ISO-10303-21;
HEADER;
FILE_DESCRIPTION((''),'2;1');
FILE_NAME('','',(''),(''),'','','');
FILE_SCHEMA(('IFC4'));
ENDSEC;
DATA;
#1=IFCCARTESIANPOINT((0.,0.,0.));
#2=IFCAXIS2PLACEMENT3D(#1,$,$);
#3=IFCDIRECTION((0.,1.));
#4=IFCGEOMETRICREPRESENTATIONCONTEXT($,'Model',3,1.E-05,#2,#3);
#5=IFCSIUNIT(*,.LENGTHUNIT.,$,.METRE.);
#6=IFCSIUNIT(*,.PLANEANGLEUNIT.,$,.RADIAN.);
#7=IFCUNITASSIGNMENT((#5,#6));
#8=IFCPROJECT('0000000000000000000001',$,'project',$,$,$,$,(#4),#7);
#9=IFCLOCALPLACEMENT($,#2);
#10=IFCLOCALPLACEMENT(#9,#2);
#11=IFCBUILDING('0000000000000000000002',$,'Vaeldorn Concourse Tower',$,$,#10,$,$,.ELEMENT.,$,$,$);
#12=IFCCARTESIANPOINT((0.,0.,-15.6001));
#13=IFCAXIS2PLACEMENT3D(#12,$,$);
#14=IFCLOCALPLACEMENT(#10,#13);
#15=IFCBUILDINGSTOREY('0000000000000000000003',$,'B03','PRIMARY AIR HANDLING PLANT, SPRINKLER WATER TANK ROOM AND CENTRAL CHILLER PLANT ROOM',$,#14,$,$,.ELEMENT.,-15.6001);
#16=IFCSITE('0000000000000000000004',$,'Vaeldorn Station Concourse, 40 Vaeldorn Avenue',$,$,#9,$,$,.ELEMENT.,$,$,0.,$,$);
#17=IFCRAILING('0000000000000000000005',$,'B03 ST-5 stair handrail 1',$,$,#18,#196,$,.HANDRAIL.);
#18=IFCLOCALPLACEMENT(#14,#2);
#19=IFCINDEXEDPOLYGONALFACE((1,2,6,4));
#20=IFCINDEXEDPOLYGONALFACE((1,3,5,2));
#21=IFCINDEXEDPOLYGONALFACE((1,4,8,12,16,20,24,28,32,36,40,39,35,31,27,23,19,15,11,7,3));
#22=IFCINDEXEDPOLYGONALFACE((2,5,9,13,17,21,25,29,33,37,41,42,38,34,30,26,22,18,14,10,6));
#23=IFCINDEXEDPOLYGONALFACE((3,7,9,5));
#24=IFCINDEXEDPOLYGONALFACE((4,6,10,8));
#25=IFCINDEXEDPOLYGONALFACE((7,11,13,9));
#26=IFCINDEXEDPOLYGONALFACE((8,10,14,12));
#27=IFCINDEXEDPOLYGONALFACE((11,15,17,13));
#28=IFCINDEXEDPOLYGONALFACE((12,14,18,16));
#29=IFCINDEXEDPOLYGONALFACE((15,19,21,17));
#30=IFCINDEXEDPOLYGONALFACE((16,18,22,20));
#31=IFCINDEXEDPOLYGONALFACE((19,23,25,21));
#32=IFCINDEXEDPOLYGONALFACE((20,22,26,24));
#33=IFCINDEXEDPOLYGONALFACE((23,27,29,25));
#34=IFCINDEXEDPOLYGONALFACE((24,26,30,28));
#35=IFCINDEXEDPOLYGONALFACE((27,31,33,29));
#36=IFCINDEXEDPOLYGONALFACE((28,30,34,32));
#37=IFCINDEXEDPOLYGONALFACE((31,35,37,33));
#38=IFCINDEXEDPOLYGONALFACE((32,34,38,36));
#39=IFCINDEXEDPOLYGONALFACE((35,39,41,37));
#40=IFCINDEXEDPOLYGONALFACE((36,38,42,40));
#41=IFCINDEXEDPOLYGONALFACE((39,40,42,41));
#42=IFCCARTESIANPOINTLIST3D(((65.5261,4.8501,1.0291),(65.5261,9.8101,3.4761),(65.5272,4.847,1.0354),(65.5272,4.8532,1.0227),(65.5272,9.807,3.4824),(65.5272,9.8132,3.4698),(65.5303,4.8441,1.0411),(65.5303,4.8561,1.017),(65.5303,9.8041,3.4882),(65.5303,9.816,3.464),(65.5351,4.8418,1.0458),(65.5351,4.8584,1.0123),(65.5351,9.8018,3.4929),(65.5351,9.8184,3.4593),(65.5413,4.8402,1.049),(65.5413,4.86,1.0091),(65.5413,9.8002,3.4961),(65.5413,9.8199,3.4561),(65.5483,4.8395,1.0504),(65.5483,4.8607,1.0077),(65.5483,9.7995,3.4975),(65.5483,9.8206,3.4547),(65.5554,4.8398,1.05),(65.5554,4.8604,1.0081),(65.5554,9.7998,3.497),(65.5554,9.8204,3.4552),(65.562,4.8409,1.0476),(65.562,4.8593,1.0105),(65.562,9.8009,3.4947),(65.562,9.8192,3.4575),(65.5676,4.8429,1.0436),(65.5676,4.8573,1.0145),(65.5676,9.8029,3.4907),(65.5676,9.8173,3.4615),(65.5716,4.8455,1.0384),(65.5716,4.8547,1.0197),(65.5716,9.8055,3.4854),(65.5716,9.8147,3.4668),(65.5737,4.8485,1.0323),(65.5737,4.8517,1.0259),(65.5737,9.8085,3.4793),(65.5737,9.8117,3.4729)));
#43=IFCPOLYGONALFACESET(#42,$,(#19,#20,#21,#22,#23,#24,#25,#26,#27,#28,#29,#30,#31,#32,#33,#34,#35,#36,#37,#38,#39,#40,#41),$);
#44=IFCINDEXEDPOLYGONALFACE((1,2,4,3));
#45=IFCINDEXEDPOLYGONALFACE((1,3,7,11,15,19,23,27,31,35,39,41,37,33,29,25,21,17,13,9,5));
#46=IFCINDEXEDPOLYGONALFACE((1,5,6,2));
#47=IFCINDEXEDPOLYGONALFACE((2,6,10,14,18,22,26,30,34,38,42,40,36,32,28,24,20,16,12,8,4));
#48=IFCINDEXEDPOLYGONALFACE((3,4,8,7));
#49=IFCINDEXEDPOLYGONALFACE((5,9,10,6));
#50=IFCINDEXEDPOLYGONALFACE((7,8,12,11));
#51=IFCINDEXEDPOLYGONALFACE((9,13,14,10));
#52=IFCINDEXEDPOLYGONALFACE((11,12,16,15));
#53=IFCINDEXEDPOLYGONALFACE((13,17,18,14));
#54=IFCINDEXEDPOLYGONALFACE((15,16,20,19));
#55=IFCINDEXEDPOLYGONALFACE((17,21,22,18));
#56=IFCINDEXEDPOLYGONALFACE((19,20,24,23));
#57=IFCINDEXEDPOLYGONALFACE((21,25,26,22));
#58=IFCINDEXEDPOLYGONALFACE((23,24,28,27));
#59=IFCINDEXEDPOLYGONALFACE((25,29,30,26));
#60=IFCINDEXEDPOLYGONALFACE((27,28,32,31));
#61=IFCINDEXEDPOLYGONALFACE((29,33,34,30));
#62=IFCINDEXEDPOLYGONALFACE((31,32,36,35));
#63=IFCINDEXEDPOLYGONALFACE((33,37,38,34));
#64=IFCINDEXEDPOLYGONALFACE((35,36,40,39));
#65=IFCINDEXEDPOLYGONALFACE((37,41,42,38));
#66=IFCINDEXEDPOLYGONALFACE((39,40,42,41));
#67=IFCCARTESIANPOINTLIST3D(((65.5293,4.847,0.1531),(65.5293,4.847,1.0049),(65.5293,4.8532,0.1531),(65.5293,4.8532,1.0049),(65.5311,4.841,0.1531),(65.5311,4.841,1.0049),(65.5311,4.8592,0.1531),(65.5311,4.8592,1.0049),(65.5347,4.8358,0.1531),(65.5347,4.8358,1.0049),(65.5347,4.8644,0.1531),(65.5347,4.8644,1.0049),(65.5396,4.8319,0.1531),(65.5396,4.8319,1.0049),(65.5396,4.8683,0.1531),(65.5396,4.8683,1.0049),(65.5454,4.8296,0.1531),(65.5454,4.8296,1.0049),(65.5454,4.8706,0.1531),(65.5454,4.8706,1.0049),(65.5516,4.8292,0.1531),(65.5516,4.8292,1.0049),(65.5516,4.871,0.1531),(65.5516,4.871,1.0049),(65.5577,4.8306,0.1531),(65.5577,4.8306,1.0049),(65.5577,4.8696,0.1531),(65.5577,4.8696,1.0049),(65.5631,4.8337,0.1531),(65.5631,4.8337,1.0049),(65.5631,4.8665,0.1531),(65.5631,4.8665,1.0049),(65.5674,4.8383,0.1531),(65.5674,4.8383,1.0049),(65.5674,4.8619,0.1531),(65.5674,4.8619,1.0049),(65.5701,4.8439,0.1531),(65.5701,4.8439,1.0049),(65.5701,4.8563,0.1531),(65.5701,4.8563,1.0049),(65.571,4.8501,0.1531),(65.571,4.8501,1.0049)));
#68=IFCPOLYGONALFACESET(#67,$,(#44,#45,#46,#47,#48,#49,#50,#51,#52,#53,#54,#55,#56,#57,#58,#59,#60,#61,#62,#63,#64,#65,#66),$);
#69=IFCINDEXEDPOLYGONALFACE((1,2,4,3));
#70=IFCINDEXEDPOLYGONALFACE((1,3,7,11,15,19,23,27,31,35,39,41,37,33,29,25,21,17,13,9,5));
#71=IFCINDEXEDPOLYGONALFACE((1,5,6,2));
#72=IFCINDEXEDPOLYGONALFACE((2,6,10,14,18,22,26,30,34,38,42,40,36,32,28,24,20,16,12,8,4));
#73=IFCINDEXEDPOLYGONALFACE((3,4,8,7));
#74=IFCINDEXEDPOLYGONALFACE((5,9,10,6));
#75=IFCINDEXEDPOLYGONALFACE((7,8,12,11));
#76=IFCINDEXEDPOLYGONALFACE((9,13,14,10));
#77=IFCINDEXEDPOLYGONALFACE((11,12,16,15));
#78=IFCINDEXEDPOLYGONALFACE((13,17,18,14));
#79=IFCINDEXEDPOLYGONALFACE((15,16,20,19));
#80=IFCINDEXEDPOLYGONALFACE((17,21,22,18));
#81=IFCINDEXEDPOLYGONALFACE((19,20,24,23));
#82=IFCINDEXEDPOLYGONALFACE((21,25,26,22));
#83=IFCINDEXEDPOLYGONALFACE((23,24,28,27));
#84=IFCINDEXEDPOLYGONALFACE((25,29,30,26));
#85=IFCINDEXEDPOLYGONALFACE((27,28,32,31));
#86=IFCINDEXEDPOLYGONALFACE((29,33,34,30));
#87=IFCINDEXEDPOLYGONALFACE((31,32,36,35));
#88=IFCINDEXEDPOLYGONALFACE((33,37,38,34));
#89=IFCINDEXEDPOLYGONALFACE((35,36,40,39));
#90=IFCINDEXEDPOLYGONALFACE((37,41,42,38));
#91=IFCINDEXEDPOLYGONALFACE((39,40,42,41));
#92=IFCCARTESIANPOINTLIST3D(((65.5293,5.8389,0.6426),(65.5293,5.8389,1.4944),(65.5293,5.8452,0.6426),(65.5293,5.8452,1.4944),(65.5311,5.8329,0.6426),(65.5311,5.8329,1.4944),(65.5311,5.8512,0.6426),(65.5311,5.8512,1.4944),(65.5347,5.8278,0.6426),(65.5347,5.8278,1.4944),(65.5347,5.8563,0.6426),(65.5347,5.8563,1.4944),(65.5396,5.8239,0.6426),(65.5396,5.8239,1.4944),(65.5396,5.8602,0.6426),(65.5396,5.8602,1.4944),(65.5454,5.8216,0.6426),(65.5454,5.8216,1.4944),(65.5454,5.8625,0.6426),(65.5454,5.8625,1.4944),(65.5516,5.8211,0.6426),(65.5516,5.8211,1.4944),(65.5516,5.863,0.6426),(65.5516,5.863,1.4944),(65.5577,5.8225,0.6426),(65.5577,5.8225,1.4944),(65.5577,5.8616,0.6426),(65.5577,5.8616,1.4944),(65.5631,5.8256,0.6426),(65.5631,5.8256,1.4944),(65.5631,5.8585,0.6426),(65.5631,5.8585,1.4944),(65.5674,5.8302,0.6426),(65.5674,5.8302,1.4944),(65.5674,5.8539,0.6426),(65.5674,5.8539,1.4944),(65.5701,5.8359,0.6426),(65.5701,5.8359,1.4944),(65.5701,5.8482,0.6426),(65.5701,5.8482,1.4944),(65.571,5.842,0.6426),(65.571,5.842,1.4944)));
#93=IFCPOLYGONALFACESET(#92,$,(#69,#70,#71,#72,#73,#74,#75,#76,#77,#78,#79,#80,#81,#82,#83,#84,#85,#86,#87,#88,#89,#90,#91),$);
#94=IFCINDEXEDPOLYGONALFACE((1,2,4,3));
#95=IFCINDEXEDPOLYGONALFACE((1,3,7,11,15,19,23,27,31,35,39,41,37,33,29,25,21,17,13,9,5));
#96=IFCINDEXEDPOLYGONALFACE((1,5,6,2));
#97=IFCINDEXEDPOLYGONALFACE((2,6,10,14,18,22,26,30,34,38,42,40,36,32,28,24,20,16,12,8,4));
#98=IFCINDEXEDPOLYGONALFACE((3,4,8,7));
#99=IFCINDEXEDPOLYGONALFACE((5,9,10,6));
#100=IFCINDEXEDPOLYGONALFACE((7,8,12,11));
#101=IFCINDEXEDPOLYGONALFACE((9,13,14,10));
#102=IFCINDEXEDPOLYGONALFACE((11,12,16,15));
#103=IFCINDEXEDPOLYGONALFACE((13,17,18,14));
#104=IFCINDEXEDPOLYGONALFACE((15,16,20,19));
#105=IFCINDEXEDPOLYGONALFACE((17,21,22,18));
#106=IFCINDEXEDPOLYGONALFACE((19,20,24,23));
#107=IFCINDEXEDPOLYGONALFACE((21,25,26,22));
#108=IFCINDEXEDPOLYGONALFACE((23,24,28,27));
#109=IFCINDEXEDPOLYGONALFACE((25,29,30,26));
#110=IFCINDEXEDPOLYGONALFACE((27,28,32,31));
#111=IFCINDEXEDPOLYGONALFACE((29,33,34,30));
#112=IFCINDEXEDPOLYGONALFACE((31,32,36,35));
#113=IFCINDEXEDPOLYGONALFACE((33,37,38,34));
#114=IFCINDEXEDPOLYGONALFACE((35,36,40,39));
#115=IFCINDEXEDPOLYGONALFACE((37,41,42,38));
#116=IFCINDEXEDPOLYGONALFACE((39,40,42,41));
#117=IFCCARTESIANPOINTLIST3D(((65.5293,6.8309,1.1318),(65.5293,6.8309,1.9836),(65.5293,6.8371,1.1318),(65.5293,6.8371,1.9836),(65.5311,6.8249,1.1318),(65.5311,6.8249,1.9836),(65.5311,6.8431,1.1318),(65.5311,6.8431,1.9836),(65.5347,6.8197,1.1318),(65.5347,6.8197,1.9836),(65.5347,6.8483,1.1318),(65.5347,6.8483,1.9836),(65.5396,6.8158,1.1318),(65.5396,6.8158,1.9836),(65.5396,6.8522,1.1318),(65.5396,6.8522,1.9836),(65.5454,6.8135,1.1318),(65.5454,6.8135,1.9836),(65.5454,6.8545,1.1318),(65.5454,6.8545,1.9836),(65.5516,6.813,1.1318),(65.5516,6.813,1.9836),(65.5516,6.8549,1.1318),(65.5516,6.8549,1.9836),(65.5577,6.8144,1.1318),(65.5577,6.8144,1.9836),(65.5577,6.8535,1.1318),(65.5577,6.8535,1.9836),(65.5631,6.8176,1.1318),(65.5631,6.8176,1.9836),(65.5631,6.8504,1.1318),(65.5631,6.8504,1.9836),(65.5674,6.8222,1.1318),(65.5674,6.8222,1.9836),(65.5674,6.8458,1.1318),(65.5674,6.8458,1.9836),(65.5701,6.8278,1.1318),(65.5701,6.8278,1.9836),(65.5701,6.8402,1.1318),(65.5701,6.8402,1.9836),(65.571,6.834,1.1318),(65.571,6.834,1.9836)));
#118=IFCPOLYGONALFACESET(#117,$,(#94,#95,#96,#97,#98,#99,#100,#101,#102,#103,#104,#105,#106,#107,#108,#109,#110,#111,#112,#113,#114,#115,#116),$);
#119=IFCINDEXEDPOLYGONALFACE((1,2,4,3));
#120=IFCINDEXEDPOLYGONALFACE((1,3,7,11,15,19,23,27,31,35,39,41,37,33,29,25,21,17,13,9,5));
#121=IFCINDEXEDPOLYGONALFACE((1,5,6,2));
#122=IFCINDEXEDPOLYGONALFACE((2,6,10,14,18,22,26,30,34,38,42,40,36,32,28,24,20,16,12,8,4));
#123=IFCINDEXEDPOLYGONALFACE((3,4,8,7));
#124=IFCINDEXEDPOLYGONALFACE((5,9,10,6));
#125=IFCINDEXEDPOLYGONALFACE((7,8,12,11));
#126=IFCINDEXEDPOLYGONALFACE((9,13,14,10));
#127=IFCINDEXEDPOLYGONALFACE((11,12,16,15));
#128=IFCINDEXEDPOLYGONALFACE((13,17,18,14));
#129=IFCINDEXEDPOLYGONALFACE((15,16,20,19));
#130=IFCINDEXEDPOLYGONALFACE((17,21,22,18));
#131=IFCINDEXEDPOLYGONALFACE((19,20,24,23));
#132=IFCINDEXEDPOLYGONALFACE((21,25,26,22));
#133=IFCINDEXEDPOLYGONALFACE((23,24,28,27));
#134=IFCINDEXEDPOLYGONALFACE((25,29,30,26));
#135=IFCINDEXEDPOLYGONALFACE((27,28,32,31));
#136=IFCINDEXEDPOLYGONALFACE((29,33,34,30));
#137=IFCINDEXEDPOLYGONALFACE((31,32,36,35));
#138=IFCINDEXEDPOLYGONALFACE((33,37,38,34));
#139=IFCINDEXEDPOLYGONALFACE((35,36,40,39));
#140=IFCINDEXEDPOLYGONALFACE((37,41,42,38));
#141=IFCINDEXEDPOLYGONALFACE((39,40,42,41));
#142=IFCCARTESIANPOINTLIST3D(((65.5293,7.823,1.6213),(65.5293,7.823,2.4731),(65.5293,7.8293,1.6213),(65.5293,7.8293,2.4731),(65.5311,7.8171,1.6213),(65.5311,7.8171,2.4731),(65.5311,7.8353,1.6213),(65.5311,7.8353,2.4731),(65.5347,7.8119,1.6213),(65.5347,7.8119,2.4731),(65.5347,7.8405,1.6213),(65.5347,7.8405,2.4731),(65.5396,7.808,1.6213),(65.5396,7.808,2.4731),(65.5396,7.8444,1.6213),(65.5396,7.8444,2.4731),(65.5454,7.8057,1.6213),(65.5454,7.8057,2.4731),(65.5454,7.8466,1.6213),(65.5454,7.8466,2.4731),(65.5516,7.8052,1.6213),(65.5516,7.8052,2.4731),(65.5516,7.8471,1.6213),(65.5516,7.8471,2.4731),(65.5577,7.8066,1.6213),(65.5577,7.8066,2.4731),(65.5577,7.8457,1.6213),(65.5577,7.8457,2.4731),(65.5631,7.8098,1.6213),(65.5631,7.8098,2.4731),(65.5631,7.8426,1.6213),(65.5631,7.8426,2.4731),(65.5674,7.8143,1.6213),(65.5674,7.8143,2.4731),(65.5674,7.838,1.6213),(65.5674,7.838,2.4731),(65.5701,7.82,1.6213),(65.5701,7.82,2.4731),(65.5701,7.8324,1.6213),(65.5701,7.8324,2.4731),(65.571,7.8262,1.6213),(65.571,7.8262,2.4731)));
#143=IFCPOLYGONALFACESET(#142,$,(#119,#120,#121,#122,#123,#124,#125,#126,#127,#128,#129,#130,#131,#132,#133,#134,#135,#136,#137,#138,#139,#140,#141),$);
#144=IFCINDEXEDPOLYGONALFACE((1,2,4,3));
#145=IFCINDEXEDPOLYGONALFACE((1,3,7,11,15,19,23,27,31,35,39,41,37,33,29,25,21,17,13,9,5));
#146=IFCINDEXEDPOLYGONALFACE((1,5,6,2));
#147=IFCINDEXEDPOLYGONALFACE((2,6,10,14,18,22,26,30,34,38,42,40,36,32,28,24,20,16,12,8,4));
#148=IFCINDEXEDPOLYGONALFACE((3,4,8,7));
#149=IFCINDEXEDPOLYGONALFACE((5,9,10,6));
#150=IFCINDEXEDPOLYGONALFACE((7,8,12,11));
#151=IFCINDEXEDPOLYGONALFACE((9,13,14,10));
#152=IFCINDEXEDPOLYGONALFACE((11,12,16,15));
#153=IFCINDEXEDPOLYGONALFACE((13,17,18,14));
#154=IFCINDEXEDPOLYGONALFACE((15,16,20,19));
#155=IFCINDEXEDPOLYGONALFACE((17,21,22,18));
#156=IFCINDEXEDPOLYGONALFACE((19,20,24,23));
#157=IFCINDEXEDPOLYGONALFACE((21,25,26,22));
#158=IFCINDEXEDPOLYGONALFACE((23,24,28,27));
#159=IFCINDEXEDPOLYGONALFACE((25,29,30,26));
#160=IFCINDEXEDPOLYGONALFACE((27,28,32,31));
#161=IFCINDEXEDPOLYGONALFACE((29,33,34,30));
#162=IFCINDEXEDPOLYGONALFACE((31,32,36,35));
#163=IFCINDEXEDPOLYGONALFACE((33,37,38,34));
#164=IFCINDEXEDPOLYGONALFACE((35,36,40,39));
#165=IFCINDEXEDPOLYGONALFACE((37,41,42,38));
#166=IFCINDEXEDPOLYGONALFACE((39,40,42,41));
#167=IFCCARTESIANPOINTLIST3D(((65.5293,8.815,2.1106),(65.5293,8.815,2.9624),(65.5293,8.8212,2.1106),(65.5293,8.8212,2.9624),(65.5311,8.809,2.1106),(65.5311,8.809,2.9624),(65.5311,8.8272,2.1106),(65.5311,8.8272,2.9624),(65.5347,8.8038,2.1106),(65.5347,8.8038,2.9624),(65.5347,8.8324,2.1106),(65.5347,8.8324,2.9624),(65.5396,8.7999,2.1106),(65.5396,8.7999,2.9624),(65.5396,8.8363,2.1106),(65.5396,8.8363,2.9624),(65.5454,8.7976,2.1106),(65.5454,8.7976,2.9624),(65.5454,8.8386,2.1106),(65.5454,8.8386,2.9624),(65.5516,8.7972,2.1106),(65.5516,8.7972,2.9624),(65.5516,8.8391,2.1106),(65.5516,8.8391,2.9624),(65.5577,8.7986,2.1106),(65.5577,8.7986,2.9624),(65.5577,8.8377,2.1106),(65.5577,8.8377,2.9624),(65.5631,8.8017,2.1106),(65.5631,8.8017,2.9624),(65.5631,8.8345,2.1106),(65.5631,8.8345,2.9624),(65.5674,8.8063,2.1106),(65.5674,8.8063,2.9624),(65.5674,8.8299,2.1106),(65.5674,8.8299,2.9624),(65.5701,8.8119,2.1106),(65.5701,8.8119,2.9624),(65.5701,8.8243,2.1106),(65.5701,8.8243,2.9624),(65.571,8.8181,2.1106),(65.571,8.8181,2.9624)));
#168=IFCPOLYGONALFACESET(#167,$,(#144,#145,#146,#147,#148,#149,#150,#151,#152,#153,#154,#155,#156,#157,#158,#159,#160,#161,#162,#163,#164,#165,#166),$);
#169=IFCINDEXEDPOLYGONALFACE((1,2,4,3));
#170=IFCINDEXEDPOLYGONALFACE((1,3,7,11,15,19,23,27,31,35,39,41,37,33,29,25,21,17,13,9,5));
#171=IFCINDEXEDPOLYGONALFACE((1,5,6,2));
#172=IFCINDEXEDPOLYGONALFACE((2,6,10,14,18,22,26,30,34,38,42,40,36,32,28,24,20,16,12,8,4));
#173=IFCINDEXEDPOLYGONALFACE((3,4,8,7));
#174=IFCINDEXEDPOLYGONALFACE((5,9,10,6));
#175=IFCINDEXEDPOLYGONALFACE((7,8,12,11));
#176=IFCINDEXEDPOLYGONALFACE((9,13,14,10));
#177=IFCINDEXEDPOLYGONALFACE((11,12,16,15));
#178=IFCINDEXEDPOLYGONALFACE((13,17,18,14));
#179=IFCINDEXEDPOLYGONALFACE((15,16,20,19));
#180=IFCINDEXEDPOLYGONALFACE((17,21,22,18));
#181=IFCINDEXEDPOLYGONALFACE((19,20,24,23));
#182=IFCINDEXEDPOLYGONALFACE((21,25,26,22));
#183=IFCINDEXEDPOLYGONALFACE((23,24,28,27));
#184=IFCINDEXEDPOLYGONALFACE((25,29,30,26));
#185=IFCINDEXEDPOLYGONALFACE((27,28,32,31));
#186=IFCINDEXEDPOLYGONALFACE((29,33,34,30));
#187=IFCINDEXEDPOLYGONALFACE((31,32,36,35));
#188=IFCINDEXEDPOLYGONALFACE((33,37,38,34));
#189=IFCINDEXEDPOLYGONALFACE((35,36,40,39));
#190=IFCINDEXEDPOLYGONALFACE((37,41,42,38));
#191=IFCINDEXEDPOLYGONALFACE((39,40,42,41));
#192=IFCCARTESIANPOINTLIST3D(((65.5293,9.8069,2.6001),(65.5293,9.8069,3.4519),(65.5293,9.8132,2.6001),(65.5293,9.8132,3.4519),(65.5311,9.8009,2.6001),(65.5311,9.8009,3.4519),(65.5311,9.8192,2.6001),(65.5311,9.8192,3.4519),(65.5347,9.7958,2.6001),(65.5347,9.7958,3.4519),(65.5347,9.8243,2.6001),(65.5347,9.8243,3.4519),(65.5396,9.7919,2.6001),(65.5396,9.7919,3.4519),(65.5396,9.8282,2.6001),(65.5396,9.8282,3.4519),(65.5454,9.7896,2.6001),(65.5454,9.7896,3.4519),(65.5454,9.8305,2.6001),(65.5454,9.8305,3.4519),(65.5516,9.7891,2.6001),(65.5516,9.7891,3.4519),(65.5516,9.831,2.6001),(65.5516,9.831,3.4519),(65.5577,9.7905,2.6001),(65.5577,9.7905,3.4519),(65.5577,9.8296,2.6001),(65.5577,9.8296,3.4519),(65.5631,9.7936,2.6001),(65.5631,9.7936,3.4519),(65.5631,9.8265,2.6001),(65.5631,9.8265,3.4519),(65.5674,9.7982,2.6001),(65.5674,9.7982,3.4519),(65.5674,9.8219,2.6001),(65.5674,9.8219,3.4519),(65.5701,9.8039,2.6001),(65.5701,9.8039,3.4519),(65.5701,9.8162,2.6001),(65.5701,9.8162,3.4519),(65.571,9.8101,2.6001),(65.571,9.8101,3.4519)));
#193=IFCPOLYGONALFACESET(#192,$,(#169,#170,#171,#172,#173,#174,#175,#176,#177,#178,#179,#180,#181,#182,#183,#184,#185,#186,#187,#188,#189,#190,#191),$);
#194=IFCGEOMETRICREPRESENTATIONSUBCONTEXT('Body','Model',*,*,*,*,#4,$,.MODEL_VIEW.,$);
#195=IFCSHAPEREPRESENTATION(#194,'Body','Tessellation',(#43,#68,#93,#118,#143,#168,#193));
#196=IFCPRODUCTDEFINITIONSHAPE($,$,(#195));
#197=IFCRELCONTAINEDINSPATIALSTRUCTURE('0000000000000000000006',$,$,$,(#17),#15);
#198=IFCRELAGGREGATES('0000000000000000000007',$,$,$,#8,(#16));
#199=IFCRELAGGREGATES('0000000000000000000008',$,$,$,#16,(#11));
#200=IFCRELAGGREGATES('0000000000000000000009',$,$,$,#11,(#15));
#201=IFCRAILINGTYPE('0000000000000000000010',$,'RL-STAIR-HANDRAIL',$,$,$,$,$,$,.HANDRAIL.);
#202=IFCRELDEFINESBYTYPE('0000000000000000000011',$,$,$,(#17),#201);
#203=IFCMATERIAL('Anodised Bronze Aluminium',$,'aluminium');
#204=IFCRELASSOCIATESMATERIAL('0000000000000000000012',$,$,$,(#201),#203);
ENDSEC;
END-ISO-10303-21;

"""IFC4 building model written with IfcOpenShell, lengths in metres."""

from ifc_helpers import new_model, si_unit, direction, frame, origin, origin_2d, place, context, subcontext, project, spatial, circle, extrude, material, type_object, element, save


model = new_model("IFC4")

# Units and contexts
model_context = context("Model", 3, precision=1e-05, world=origin(), true_north=direction((0.0, 1.0)))
body_context = subcontext(model_context, "Body", "Model", "MODEL_VIEW")
ifc_project = project(units=[si_unit("LENGTHUNIT", "METRE"), si_unit("PLANEANGLEUNIT", "RADIAN")], contexts=[model_context])

# Site, building, storey
site_placement = place(None, origin())
site = spatial("IfcSite", under=ifc_project, at=site_placement, Name="Vaeldorn Station Concourse, 40 Vaeldorn Avenue", CompositionType="ELEMENT", RefElevation=0.0)
building_placement = place(site_placement, origin())
building = spatial("IfcBuilding", under=site, at=building_placement, Name="Vaeldorn Concourse Tower", CompositionType="ELEMENT")
storey_placement = place(building_placement, frame((0.0, 0.0, -15.6001)))
storey = spatial("IfcBuildingStorey", under=building, at=storey_placement, Name="B03", Description="PRIMARY AIR HANDLING PLANT, SPRINKLER WATER TANK ROOM AND CENTRAL CHILLER PLANT ROOM", CompositionType="ELEMENT", Elevation=-15.6001)

# Railing
ifc_material_1 = material(Name="Anodised Bronze Aluminium", Category="aluminium")
railing_type_1 = type_object("IfcRailingType", Name="RL-STAIR-HANDRAIL", PredefinedType="HANDRAIL", material=ifc_material_1)
railing_1_placement = place(storey_placement, frame((65.55, 4.8501, 0.1531)))
element("IfcRailing", 1, at=railing_1_placement, inside=storey, type_object=railing_type_1, Name="B03 ST-5 stair handrail 1", PredefinedType="HANDRAIL", context=body_context, shape_type="SweptSolid", body=[
    extrude(circle(Radius=0.0239, at=origin_2d()), frame((0.0, 0.0, 0.876), z_axis=(0.0, 0.896798, 0.44244), x_axis=(-1.0, 0.0, 0.0)), (0.0, 0.0, 1.0), 5.5308),
    extrude(circle(Radius=0.021, at=origin_2d()), origin(), (0.0, 0.0, 1.0), 0.8518),
    extrude(circle(Radius=0.021, at=origin_2d()), frame((0.0, 0.9919, 0.4895)), (0.0, 0.0, 1.0), 0.8518),
    extrude(circle(Radius=0.021, at=origin_2d()), frame((0.0, 1.9839, 0.9788)), (0.0, 0.0, 1.0), 0.8518),
    extrude(circle(Radius=0.021, at=origin_2d()), frame((0.0, 2.9761, 1.4683)), (0.0, 0.0, 1.0), 0.8518),
    extrude(circle(Radius=0.021, at=origin_2d()), frame((0.0, 3.968, 1.9575)), (0.0, 0.0, 1.0), 0.8518),
    extrude(circle(Radius=0.021, at=origin_2d()), frame((0.0, 4.96, 2.447)), (0.0, 0.0, 1.0), 0.8518),
])

save(model, "model.ifc")
